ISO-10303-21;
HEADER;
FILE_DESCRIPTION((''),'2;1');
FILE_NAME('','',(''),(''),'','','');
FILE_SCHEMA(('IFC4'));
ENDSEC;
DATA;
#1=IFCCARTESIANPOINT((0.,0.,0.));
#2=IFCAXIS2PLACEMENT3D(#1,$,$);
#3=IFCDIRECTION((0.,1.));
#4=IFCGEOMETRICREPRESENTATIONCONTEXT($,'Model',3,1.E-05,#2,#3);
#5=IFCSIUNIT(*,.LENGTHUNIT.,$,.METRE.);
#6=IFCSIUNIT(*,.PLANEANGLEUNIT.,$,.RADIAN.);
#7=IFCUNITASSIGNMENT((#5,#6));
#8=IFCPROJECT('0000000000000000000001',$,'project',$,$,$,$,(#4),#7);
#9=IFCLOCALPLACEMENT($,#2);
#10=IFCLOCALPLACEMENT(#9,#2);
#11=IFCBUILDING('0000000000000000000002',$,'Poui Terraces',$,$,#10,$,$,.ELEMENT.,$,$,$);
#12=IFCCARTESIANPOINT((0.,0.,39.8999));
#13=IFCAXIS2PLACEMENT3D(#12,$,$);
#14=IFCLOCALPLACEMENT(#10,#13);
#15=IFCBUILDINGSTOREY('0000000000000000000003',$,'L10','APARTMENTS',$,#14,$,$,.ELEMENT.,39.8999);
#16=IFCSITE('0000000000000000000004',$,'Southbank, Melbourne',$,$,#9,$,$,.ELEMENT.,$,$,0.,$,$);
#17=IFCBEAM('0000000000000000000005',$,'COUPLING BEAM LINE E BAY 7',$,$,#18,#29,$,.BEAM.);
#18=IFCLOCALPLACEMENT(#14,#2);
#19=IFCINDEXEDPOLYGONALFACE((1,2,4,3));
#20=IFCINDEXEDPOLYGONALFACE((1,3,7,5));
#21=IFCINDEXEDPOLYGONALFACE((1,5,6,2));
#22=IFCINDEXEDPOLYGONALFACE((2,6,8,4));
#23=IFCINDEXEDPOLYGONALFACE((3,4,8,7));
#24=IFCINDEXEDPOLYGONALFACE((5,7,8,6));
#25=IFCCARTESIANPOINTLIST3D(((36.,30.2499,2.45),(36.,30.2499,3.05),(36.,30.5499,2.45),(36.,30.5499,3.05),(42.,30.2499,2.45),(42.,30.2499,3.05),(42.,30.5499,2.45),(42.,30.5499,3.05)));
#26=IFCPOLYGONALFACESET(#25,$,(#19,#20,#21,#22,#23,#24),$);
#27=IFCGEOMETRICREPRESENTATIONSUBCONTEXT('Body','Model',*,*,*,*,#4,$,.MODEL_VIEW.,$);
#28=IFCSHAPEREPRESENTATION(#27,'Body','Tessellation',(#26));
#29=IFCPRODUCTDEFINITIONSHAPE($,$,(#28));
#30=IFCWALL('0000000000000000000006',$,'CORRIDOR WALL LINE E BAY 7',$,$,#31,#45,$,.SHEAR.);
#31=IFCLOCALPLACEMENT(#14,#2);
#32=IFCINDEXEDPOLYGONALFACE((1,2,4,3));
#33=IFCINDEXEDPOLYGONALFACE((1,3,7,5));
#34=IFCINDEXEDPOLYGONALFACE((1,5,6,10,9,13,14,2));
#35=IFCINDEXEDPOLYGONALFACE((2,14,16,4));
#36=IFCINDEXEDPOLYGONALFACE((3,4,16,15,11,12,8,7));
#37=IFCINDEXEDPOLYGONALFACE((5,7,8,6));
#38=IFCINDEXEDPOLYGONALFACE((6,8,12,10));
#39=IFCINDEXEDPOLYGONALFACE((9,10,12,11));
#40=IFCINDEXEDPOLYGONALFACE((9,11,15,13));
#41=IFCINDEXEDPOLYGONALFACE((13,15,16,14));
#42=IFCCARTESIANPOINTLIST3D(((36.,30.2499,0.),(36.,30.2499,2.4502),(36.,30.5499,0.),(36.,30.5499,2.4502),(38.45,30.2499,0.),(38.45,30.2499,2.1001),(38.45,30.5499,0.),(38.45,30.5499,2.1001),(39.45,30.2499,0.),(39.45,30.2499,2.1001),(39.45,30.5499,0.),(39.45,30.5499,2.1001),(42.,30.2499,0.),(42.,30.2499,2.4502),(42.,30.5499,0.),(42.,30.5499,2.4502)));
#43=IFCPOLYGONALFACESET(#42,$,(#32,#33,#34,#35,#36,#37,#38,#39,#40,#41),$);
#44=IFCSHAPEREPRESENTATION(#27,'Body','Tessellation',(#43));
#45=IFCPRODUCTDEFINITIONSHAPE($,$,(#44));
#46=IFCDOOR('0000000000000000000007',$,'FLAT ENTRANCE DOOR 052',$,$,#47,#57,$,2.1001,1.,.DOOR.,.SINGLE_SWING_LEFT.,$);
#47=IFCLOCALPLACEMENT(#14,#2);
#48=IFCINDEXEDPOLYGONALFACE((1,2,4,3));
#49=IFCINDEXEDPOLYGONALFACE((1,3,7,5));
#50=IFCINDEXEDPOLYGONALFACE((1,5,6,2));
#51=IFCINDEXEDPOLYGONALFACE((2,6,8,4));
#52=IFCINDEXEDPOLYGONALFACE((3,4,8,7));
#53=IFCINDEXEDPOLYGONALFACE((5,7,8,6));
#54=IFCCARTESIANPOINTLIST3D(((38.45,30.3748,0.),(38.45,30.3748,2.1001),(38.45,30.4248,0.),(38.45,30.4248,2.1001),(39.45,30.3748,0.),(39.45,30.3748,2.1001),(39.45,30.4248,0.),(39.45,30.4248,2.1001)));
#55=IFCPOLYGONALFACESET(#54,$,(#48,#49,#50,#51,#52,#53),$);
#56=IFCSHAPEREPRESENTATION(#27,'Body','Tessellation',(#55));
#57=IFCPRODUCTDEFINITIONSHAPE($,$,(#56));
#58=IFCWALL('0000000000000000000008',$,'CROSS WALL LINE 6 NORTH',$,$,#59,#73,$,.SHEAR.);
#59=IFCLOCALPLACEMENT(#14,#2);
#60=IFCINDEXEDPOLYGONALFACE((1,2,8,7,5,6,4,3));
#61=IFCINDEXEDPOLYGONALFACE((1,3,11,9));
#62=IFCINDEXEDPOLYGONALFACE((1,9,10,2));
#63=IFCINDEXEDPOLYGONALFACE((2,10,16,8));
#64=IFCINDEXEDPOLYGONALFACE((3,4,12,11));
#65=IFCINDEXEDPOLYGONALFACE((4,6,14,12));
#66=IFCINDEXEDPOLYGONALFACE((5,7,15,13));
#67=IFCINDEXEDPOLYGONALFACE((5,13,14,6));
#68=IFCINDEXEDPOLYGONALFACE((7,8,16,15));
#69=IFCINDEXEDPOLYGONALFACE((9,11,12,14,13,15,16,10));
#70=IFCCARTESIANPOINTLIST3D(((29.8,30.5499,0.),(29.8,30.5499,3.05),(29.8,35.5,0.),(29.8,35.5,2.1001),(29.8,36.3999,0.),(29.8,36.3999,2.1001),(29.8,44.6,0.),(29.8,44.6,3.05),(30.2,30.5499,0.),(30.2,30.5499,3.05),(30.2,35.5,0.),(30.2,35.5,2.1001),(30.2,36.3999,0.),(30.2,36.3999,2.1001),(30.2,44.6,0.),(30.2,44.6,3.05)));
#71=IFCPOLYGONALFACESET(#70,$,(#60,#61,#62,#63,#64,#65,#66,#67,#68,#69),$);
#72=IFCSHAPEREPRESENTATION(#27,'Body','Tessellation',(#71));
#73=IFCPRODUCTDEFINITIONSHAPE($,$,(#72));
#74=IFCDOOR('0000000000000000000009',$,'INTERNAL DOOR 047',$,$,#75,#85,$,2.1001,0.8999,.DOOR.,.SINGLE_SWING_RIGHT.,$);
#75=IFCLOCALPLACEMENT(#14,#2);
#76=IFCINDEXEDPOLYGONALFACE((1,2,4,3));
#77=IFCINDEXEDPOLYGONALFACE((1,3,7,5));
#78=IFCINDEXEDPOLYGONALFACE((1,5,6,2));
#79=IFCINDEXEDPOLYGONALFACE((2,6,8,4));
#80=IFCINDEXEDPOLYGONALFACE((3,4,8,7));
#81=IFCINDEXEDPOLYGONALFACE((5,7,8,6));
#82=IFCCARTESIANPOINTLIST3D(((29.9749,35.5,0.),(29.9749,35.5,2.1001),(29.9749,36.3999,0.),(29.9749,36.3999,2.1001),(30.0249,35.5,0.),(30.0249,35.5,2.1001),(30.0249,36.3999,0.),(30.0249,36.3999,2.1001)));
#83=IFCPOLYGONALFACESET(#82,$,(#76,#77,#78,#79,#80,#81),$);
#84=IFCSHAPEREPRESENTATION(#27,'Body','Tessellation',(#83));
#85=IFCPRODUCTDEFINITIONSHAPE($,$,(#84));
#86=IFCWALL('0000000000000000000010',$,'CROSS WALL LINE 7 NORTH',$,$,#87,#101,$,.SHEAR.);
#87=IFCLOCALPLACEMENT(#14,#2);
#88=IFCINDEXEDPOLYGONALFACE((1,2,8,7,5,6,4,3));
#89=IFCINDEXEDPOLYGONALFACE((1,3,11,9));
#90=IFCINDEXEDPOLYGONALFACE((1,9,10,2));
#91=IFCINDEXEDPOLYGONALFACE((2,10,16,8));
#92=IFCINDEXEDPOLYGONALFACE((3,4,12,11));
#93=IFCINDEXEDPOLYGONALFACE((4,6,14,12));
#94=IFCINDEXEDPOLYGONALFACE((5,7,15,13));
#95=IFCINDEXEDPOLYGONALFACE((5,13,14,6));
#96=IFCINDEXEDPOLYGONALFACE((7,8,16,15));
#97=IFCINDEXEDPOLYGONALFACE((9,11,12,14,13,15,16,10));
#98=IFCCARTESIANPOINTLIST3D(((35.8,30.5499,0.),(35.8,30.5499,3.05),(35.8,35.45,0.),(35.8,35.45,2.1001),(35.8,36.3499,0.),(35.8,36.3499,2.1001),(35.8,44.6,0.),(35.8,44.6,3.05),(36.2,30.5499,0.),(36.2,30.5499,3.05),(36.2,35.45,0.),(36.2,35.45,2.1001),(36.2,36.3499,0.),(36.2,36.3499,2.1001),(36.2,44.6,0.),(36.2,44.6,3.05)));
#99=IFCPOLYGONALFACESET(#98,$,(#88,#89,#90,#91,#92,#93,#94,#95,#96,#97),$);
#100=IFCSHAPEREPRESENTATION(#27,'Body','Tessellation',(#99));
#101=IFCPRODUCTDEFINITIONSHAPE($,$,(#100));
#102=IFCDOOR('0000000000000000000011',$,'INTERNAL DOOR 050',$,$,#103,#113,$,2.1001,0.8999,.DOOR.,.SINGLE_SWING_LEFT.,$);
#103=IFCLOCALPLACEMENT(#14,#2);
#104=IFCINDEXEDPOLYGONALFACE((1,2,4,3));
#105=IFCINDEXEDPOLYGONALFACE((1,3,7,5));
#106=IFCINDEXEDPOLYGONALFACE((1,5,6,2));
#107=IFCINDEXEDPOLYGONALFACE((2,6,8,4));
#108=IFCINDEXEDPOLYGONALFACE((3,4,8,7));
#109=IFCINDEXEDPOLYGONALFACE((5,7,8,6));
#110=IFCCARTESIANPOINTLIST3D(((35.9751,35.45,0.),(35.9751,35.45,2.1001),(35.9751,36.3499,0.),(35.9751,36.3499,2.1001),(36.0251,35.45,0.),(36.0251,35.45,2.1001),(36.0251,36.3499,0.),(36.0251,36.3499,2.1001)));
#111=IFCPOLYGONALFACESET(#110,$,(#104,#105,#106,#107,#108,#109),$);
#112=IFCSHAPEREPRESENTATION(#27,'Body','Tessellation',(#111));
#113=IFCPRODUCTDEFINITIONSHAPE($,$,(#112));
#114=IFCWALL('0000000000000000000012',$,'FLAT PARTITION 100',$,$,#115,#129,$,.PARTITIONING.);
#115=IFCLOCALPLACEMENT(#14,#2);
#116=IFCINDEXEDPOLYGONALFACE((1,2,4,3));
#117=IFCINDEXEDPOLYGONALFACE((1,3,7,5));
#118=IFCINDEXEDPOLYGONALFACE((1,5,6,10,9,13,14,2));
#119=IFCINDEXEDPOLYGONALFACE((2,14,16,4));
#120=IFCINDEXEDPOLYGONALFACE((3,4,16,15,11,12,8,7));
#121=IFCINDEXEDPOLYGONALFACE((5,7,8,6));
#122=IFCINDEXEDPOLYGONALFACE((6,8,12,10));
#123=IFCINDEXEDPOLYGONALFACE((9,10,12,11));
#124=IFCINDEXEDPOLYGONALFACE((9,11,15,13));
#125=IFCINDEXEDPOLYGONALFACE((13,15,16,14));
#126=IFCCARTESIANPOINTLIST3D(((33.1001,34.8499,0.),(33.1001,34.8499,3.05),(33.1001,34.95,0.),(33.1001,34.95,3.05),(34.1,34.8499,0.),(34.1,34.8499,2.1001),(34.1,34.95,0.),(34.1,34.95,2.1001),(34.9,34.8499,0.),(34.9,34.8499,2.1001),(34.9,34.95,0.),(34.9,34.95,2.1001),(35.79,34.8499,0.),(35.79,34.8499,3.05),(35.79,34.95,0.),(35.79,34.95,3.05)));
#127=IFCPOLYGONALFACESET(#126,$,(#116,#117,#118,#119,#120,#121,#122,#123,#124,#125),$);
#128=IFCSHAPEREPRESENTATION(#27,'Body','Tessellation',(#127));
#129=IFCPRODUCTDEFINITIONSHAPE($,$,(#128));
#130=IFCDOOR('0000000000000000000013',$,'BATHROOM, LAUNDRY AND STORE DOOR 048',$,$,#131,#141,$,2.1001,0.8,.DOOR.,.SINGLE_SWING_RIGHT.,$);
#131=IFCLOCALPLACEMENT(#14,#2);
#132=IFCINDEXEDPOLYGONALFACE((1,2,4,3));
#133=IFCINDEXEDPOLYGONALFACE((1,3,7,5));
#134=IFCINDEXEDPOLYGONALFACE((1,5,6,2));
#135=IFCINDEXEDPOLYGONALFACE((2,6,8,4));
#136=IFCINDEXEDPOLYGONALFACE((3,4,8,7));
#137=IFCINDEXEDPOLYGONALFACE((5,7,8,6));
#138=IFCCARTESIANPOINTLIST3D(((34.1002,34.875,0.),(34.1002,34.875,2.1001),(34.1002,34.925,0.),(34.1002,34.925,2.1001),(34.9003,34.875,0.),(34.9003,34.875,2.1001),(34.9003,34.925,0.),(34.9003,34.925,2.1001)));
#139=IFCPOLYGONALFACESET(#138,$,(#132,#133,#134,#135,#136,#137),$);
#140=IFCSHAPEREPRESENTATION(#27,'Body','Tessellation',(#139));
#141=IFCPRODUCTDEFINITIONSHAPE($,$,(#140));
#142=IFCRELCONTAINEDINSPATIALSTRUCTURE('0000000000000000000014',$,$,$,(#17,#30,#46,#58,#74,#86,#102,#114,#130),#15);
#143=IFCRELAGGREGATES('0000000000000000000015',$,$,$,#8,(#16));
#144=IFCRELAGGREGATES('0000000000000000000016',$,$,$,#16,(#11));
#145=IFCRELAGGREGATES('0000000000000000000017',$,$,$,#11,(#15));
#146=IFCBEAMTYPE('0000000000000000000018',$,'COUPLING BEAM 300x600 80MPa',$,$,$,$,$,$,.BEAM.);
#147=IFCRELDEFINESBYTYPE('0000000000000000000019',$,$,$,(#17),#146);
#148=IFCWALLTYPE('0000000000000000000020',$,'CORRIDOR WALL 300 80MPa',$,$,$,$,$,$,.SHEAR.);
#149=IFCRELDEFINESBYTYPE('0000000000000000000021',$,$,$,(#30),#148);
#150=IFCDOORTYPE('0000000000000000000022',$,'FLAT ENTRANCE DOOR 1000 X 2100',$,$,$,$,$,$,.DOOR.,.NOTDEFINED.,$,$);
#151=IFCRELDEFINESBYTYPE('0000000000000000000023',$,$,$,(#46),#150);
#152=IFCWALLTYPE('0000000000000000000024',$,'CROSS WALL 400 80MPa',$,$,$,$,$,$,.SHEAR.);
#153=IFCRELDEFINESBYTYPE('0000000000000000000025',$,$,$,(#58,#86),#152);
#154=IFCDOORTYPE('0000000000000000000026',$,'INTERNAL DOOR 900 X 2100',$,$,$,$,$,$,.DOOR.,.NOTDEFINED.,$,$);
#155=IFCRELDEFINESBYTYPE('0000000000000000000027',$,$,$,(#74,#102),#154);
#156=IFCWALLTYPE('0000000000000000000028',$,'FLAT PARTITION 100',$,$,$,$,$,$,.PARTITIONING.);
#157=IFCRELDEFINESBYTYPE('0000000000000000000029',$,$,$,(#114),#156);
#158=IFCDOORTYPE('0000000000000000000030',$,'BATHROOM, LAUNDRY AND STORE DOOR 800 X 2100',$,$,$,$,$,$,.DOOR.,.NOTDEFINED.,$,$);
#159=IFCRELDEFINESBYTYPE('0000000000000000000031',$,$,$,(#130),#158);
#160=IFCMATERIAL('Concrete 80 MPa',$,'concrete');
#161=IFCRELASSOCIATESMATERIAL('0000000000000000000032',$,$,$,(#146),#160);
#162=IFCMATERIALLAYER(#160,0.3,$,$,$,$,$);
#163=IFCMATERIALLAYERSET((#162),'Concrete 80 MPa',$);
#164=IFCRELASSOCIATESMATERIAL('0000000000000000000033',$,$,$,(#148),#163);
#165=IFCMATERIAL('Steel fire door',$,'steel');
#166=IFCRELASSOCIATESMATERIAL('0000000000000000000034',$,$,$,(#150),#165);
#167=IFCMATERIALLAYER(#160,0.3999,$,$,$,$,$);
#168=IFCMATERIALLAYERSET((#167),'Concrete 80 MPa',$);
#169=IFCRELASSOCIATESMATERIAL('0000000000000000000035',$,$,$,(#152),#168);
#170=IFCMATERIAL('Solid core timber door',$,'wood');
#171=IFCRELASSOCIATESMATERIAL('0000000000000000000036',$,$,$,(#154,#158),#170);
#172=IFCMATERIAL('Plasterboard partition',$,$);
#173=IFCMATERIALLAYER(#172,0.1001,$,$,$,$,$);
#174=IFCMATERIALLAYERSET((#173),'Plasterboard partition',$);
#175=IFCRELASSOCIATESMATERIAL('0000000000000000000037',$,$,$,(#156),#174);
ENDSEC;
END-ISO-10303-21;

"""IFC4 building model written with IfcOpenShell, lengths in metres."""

from ifc_helpers import new_model, si_unit, direction, frame, frame_2d, origin, origin_2d, place, context, subcontext, project, spatial, rectangle, extrude, source, transform, mapped, material, layer, layer_set, material_profile, profile_set, type_object, element, fill, save


model = new_model("IFC4")

# Units and contexts
model_context = context("Model", 3, precision=1e-05, world=origin(), true_north=direction((0.0, 1.0)))
body_context = subcontext(model_context, "Body", "Model", "MODEL_VIEW")
ifc_project = project(units=[si_unit("LENGTHUNIT", "METRE"), si_unit("PLANEANGLEUNIT", "RADIAN")], contexts=[model_context])

# Site, building, storey
site_placement = place(None, origin())
site = spatial("IfcSite", under=ifc_project, at=site_placement, Name="Southbank, Melbourne", CompositionType="ELEMENT", RefElevation=0.0)
building_placement = place(site_placement, origin())
building = spatial("IfcBuilding", under=site, at=building_placement, Name="Poui Terraces", CompositionType="ELEMENT")
storey_placement = place(building_placement, frame((0.0, 0.0, 39.8999)))
storey = spatial("IfcBuildingStorey", under=building, at=storey_placement, Name="L10", Description="APARTMENTS", CompositionType="ELEMENT", Elevation=39.8999)

# Beam
ifc_material_1 = material(Name="Concrete 80 MPa", Category="concrete")
ifc_material_profile_1 = material_profile(ifc_material_1, rectangle(XDim=0.3, YDim=0.6001, at=origin_2d()), Name="RC 300x600")
ifc_profile_set_1 = profile_set([ifc_material_profile_1], Name="Concrete 80 MPa")
beam_type = type_object("IfcBeamType", Name="COUPLING BEAM 300x600 80MPa", PredefinedType="BEAM", material=ifc_profile_set_1)
shared_shape_1 = source(origin(), body_context, "Body", "SweptSolid", [
    extrude(rectangle(XDim=0.3, YDim=0.6001, at=origin_2d()), origin(), (0.0, 0.0, 1.0), 6.0),
])
beam_placement = place(storey_placement, frame((36.0, 30.3999, 2.75), z_axis=(1.0, 0.0, 0.0), x_axis=(0.0, 1.0, 0.0)))
element("IfcBeam", 1, at=beam_placement, inside=storey, type_object=beam_type, Name="COUPLING BEAM LINE E BAY 7", PredefinedType="BEAM", context=body_context, shape_type="MappedRepresentation", body=[
    mapped(shared_shape_1, transform((0.0, 0.0, 0.0))),
])

# Walls, openings, doors
ifc_layer_1 = layer(ifc_material_1, 0.3)
ifc_layer_set_1 = layer_set([ifc_layer_1], Name="Concrete 80 MPa")
wall_type_1 = type_object("IfcWallType", Name="CORRIDOR WALL 300 80MPa", PredefinedType="SHEAR", material=ifc_layer_set_1)
wall_1_placement = place(storey_placement, frame((36.0, 30.3999, 0.0), z_axis=(0.0, 0.0, 1.0), x_axis=(1.0, 0.0, 0.0)))
wall_1 = element("IfcWall", 2, at=wall_1_placement, inside=storey, type_object=wall_type_1, Name="CORRIDOR WALL LINE E BAY 7", PredefinedType="SHEAR", context=body_context, shape_type="SweptSolid", body=[
    extrude(rectangle(XDim=6.0, YDim=0.3, at=frame_2d((3.0, 0.0))), origin(), (0.0, 0.0, 1.0), 2.4502),
])
opening_1_placement = place(wall_1_placement, frame((2.45, 0.0, 0.0)))
opening_1 = element("IfcOpeningElement", 3, at=opening_1_placement, cuts=wall_1, PredefinedType="OPENING", context=body_context, shape_type="SweptSolid", body=[
    extrude(rectangle(XDim=1.0, YDim=2.1001, at=frame_2d((0.5, 1.05))), frame((0.0, 0.1602, 0.0), z_axis=(0.0, -1.0, 0.0), x_axis=(1.0, 0.0, 0.0)), (0.0, 0.0, 1.0), 0.3201),
])
ifc_material_2 = material(Name="Steel fire door", Category="steel")
door_type_1 = type_object("IfcDoorType", Name="FLAT ENTRANCE DOOR 1000 X 2100", OperationType="NOTDEFINED", PredefinedType="DOOR", material=ifc_material_2)
door_1_placement = place(opening_1_placement, origin())
door_1 = element("IfcDoor", 4, at=door_1_placement, inside=storey, type_object=door_type_1, Name="FLAT ENTRANCE DOOR 052", OperationType="SINGLE_SWING_LEFT", OverallHeight=2.1001, OverallWidth=1.0, PredefinedType="DOOR", context=body_context, shape_type="SweptSolid", body=[
    extrude(rectangle(XDim=1.0, YDim=2.1001, at=frame_2d((0.5, 1.05))), frame((0.0, 0.0249, 0.0), z_axis=(0.0, -1.0, 0.0), x_axis=(1.0, 0.0, 0.0)), (0.0, 0.0, 1.0), 0.05),
])
fill(opening_1, door_1)
ifc_layer_2 = layer(ifc_material_1, 0.3999)
ifc_layer_set_2 = layer_set([ifc_layer_2], Name="Concrete 80 MPa")
wall_type_2 = type_object("IfcWallType", Name="CROSS WALL 400 80MPa", PredefinedType="SHEAR", material=ifc_layer_set_2)
wall_2_placement = place(storey_placement, frame((30.0, 30.55, 0.0), z_axis=(0.0, 0.0, 1.0), x_axis=(0.0, 1.0, 0.0)))
wall_2 = element("IfcWall", 5, at=wall_2_placement, inside=storey, type_object=wall_type_2, Name="CROSS WALL LINE 6 NORTH", PredefinedType="SHEAR", context=body_context, shape_type="SweptSolid", body=[
    extrude(rectangle(XDim=14.05, YDim=0.3999, at=frame_2d((7.0249, 0.0))), origin(), (0.0, 0.0, 1.0), 3.05),
])
opening_2_placement = place(wall_2_placement, frame((4.95, 0.0, 0.0)))
opening_2 = element("IfcOpeningElement", 6, at=opening_2_placement, cuts=wall_2, PredefinedType="OPENING", context=body_context, shape_type="SweptSolid", body=[
    extrude(rectangle(XDim=0.8999, YDim=2.1001, at=frame_2d((0.45, 1.05))), frame((0.0, 0.21, 0.0), z_axis=(0.0, -1.0, 0.0), x_axis=(1.0, 0.0, 0.0)), (0.0, 0.0, 1.0), 0.4199),
])
ifc_material_3 = material(Name="Solid core timber door", Category="wood")
door_type_2 = type_object("IfcDoorType", Name="INTERNAL DOOR 900 X 2100", OperationType="NOTDEFINED", PredefinedType="DOOR", material=ifc_material_3)
door_2_placement = place(opening_2_placement, frame((0.8999, 0.0, 0.0), z_axis=(0.0, 0.0, 1.0), x_axis=(-1.0, 0.0, 0.0)))
door_2 = element("IfcDoor", 7, at=door_2_placement, inside=storey, type_object=door_type_2, Name="INTERNAL DOOR 047", OperationType="SINGLE_SWING_RIGHT", OverallHeight=2.1001, OverallWidth=0.8999, PredefinedType="DOOR", context=body_context, shape_type="SweptSolid", body=[
    extrude(rectangle(XDim=0.8999, YDim=2.1001, at=frame_2d((0.45, 1.05))), frame((0.0, 0.0249, 0.0), z_axis=(0.0, -1.0, 0.0), x_axis=(1.0, 0.0, 0.0)), (0.0, 0.0, 1.0), 0.05),
])
fill(opening_2, door_2)
wall_3_placement = place(storey_placement, frame((36.0, 30.55, 0.0), z_axis=(0.0, 0.0, 1.0), x_axis=(0.0, 1.0, 0.0)))
wall_3 = element("IfcWall", 8, at=wall_3_placement, inside=storey, type_object=wall_type_2, Name="CROSS WALL LINE 7 NORTH", PredefinedType="SHEAR", context=body_context, shape_type="SweptSolid", body=[
    extrude(rectangle(XDim=14.05, YDim=0.3999, at=frame_2d((7.0249, 0.0))), origin(), (0.0, 0.0, 1.0), 3.05),
])
opening_3_placement = place(wall_3_placement, frame((4.8999, 0.0, 0.0)))
opening_3 = element("IfcOpeningElement", 9, at=opening_3_placement, cuts=wall_3, PredefinedType="OPENING", context=body_context, shape_type="SweptSolid", body=[
    extrude(rectangle(XDim=0.8999, YDim=2.1001, at=frame_2d((0.45, 1.05))), frame((0.0, 0.21, 0.0), z_axis=(0.0, -1.0, 0.0), x_axis=(1.0, 0.0, 0.0)), (0.0, 0.0, 1.0), 0.4199),
])
door_3_placement = place(opening_3_placement, origin())
door_3 = element("IfcDoor", 10, at=door_3_placement, inside=storey, type_object=door_type_2, Name="INTERNAL DOOR 050", OperationType="SINGLE_SWING_LEFT", OverallHeight=2.1001, OverallWidth=0.8999, PredefinedType="DOOR", context=body_context, shape_type="SweptSolid", body=[
    extrude(rectangle(XDim=0.8999, YDim=2.1001, at=frame_2d((0.45, 1.05))), frame((0.0, 0.0249, 0.0), z_axis=(0.0, -1.0, 0.0), x_axis=(1.0, 0.0, 0.0)), (0.0, 0.0, 1.0), 0.05),
])
fill(opening_3, door_3)
ifc_material_4 = material(Name="Plasterboard partition")
ifc_layer_3 = layer(ifc_material_4, 0.1001)
ifc_layer_set_3 = layer_set([ifc_layer_3], Name="Plasterboard partition")
wall_type_3 = type_object("IfcWallType", Name="FLAT PARTITION 100", PredefinedType="PARTITIONING", material=ifc_layer_set_3)
wall_4_placement = place(storey_placement, frame((33.1001, 34.8999, 0.0), z_axis=(0.0, 0.0, 1.0), x_axis=(1.0, 0.0, 0.0)))
wall_4 = element("IfcWall", 11, at=wall_4_placement, inside=storey, type_object=wall_type_3, Name="FLAT PARTITION 100", PredefinedType="PARTITIONING", context=body_context, shape_type="SweptSolid", body=[
    extrude(rectangle(XDim=2.6899, YDim=0.1001, at=frame_2d((1.345, 0.0))), origin(), (0.0, 0.0, 1.0), 3.05),
])
opening_4_placement = place(wall_4_placement, frame((1.0, 0.0, 0.0)))
opening_4 = element("IfcOpeningElement", 12, at=opening_4_placement, cuts=wall_4, PredefinedType="OPENING", context=body_context, shape_type="SweptSolid", body=[
    extrude(rectangle(XDim=0.8, YDim=2.1001, at=frame_2d((0.3999, 1.05))), frame((0.0, 0.0601, 0.0), z_axis=(0.0, -1.0, 0.0), x_axis=(1.0, 0.0, 0.0)), (0.0, 0.0, 1.0), 0.1201),
])
door_type_3 = type_object("IfcDoorType", Name="BATHROOM, LAUNDRY AND STORE DOOR 800 X 2100", OperationType="NOTDEFINED", PredefinedType="DOOR", material=ifc_material_3)
door_4_placement = place(opening_4_placement, frame((0.8, 0.0, 0.0), z_axis=(0.0, 0.0, 1.0), x_axis=(-1.0, 0.0, 0.0)))
door_4 = element("IfcDoor", 13, at=door_4_placement, inside=storey, type_object=door_type_3, Name="BATHROOM, LAUNDRY AND STORE DOOR 048", OperationType="SINGLE_SWING_RIGHT", OverallHeight=2.1001, OverallWidth=0.8, PredefinedType="DOOR", context=body_context, shape_type="SweptSolid", body=[
    extrude(rectangle(XDim=0.8, YDim=2.1001, at=frame_2d((0.3999, 1.05))), frame((0.0, 0.0249, 0.0), z_axis=(0.0, -1.0, 0.0), x_axis=(1.0, 0.0, 0.0)), (0.0, 0.0, 1.0), 0.05),
])
fill(opening_4, door_4)

save(model, "model.ifc")
